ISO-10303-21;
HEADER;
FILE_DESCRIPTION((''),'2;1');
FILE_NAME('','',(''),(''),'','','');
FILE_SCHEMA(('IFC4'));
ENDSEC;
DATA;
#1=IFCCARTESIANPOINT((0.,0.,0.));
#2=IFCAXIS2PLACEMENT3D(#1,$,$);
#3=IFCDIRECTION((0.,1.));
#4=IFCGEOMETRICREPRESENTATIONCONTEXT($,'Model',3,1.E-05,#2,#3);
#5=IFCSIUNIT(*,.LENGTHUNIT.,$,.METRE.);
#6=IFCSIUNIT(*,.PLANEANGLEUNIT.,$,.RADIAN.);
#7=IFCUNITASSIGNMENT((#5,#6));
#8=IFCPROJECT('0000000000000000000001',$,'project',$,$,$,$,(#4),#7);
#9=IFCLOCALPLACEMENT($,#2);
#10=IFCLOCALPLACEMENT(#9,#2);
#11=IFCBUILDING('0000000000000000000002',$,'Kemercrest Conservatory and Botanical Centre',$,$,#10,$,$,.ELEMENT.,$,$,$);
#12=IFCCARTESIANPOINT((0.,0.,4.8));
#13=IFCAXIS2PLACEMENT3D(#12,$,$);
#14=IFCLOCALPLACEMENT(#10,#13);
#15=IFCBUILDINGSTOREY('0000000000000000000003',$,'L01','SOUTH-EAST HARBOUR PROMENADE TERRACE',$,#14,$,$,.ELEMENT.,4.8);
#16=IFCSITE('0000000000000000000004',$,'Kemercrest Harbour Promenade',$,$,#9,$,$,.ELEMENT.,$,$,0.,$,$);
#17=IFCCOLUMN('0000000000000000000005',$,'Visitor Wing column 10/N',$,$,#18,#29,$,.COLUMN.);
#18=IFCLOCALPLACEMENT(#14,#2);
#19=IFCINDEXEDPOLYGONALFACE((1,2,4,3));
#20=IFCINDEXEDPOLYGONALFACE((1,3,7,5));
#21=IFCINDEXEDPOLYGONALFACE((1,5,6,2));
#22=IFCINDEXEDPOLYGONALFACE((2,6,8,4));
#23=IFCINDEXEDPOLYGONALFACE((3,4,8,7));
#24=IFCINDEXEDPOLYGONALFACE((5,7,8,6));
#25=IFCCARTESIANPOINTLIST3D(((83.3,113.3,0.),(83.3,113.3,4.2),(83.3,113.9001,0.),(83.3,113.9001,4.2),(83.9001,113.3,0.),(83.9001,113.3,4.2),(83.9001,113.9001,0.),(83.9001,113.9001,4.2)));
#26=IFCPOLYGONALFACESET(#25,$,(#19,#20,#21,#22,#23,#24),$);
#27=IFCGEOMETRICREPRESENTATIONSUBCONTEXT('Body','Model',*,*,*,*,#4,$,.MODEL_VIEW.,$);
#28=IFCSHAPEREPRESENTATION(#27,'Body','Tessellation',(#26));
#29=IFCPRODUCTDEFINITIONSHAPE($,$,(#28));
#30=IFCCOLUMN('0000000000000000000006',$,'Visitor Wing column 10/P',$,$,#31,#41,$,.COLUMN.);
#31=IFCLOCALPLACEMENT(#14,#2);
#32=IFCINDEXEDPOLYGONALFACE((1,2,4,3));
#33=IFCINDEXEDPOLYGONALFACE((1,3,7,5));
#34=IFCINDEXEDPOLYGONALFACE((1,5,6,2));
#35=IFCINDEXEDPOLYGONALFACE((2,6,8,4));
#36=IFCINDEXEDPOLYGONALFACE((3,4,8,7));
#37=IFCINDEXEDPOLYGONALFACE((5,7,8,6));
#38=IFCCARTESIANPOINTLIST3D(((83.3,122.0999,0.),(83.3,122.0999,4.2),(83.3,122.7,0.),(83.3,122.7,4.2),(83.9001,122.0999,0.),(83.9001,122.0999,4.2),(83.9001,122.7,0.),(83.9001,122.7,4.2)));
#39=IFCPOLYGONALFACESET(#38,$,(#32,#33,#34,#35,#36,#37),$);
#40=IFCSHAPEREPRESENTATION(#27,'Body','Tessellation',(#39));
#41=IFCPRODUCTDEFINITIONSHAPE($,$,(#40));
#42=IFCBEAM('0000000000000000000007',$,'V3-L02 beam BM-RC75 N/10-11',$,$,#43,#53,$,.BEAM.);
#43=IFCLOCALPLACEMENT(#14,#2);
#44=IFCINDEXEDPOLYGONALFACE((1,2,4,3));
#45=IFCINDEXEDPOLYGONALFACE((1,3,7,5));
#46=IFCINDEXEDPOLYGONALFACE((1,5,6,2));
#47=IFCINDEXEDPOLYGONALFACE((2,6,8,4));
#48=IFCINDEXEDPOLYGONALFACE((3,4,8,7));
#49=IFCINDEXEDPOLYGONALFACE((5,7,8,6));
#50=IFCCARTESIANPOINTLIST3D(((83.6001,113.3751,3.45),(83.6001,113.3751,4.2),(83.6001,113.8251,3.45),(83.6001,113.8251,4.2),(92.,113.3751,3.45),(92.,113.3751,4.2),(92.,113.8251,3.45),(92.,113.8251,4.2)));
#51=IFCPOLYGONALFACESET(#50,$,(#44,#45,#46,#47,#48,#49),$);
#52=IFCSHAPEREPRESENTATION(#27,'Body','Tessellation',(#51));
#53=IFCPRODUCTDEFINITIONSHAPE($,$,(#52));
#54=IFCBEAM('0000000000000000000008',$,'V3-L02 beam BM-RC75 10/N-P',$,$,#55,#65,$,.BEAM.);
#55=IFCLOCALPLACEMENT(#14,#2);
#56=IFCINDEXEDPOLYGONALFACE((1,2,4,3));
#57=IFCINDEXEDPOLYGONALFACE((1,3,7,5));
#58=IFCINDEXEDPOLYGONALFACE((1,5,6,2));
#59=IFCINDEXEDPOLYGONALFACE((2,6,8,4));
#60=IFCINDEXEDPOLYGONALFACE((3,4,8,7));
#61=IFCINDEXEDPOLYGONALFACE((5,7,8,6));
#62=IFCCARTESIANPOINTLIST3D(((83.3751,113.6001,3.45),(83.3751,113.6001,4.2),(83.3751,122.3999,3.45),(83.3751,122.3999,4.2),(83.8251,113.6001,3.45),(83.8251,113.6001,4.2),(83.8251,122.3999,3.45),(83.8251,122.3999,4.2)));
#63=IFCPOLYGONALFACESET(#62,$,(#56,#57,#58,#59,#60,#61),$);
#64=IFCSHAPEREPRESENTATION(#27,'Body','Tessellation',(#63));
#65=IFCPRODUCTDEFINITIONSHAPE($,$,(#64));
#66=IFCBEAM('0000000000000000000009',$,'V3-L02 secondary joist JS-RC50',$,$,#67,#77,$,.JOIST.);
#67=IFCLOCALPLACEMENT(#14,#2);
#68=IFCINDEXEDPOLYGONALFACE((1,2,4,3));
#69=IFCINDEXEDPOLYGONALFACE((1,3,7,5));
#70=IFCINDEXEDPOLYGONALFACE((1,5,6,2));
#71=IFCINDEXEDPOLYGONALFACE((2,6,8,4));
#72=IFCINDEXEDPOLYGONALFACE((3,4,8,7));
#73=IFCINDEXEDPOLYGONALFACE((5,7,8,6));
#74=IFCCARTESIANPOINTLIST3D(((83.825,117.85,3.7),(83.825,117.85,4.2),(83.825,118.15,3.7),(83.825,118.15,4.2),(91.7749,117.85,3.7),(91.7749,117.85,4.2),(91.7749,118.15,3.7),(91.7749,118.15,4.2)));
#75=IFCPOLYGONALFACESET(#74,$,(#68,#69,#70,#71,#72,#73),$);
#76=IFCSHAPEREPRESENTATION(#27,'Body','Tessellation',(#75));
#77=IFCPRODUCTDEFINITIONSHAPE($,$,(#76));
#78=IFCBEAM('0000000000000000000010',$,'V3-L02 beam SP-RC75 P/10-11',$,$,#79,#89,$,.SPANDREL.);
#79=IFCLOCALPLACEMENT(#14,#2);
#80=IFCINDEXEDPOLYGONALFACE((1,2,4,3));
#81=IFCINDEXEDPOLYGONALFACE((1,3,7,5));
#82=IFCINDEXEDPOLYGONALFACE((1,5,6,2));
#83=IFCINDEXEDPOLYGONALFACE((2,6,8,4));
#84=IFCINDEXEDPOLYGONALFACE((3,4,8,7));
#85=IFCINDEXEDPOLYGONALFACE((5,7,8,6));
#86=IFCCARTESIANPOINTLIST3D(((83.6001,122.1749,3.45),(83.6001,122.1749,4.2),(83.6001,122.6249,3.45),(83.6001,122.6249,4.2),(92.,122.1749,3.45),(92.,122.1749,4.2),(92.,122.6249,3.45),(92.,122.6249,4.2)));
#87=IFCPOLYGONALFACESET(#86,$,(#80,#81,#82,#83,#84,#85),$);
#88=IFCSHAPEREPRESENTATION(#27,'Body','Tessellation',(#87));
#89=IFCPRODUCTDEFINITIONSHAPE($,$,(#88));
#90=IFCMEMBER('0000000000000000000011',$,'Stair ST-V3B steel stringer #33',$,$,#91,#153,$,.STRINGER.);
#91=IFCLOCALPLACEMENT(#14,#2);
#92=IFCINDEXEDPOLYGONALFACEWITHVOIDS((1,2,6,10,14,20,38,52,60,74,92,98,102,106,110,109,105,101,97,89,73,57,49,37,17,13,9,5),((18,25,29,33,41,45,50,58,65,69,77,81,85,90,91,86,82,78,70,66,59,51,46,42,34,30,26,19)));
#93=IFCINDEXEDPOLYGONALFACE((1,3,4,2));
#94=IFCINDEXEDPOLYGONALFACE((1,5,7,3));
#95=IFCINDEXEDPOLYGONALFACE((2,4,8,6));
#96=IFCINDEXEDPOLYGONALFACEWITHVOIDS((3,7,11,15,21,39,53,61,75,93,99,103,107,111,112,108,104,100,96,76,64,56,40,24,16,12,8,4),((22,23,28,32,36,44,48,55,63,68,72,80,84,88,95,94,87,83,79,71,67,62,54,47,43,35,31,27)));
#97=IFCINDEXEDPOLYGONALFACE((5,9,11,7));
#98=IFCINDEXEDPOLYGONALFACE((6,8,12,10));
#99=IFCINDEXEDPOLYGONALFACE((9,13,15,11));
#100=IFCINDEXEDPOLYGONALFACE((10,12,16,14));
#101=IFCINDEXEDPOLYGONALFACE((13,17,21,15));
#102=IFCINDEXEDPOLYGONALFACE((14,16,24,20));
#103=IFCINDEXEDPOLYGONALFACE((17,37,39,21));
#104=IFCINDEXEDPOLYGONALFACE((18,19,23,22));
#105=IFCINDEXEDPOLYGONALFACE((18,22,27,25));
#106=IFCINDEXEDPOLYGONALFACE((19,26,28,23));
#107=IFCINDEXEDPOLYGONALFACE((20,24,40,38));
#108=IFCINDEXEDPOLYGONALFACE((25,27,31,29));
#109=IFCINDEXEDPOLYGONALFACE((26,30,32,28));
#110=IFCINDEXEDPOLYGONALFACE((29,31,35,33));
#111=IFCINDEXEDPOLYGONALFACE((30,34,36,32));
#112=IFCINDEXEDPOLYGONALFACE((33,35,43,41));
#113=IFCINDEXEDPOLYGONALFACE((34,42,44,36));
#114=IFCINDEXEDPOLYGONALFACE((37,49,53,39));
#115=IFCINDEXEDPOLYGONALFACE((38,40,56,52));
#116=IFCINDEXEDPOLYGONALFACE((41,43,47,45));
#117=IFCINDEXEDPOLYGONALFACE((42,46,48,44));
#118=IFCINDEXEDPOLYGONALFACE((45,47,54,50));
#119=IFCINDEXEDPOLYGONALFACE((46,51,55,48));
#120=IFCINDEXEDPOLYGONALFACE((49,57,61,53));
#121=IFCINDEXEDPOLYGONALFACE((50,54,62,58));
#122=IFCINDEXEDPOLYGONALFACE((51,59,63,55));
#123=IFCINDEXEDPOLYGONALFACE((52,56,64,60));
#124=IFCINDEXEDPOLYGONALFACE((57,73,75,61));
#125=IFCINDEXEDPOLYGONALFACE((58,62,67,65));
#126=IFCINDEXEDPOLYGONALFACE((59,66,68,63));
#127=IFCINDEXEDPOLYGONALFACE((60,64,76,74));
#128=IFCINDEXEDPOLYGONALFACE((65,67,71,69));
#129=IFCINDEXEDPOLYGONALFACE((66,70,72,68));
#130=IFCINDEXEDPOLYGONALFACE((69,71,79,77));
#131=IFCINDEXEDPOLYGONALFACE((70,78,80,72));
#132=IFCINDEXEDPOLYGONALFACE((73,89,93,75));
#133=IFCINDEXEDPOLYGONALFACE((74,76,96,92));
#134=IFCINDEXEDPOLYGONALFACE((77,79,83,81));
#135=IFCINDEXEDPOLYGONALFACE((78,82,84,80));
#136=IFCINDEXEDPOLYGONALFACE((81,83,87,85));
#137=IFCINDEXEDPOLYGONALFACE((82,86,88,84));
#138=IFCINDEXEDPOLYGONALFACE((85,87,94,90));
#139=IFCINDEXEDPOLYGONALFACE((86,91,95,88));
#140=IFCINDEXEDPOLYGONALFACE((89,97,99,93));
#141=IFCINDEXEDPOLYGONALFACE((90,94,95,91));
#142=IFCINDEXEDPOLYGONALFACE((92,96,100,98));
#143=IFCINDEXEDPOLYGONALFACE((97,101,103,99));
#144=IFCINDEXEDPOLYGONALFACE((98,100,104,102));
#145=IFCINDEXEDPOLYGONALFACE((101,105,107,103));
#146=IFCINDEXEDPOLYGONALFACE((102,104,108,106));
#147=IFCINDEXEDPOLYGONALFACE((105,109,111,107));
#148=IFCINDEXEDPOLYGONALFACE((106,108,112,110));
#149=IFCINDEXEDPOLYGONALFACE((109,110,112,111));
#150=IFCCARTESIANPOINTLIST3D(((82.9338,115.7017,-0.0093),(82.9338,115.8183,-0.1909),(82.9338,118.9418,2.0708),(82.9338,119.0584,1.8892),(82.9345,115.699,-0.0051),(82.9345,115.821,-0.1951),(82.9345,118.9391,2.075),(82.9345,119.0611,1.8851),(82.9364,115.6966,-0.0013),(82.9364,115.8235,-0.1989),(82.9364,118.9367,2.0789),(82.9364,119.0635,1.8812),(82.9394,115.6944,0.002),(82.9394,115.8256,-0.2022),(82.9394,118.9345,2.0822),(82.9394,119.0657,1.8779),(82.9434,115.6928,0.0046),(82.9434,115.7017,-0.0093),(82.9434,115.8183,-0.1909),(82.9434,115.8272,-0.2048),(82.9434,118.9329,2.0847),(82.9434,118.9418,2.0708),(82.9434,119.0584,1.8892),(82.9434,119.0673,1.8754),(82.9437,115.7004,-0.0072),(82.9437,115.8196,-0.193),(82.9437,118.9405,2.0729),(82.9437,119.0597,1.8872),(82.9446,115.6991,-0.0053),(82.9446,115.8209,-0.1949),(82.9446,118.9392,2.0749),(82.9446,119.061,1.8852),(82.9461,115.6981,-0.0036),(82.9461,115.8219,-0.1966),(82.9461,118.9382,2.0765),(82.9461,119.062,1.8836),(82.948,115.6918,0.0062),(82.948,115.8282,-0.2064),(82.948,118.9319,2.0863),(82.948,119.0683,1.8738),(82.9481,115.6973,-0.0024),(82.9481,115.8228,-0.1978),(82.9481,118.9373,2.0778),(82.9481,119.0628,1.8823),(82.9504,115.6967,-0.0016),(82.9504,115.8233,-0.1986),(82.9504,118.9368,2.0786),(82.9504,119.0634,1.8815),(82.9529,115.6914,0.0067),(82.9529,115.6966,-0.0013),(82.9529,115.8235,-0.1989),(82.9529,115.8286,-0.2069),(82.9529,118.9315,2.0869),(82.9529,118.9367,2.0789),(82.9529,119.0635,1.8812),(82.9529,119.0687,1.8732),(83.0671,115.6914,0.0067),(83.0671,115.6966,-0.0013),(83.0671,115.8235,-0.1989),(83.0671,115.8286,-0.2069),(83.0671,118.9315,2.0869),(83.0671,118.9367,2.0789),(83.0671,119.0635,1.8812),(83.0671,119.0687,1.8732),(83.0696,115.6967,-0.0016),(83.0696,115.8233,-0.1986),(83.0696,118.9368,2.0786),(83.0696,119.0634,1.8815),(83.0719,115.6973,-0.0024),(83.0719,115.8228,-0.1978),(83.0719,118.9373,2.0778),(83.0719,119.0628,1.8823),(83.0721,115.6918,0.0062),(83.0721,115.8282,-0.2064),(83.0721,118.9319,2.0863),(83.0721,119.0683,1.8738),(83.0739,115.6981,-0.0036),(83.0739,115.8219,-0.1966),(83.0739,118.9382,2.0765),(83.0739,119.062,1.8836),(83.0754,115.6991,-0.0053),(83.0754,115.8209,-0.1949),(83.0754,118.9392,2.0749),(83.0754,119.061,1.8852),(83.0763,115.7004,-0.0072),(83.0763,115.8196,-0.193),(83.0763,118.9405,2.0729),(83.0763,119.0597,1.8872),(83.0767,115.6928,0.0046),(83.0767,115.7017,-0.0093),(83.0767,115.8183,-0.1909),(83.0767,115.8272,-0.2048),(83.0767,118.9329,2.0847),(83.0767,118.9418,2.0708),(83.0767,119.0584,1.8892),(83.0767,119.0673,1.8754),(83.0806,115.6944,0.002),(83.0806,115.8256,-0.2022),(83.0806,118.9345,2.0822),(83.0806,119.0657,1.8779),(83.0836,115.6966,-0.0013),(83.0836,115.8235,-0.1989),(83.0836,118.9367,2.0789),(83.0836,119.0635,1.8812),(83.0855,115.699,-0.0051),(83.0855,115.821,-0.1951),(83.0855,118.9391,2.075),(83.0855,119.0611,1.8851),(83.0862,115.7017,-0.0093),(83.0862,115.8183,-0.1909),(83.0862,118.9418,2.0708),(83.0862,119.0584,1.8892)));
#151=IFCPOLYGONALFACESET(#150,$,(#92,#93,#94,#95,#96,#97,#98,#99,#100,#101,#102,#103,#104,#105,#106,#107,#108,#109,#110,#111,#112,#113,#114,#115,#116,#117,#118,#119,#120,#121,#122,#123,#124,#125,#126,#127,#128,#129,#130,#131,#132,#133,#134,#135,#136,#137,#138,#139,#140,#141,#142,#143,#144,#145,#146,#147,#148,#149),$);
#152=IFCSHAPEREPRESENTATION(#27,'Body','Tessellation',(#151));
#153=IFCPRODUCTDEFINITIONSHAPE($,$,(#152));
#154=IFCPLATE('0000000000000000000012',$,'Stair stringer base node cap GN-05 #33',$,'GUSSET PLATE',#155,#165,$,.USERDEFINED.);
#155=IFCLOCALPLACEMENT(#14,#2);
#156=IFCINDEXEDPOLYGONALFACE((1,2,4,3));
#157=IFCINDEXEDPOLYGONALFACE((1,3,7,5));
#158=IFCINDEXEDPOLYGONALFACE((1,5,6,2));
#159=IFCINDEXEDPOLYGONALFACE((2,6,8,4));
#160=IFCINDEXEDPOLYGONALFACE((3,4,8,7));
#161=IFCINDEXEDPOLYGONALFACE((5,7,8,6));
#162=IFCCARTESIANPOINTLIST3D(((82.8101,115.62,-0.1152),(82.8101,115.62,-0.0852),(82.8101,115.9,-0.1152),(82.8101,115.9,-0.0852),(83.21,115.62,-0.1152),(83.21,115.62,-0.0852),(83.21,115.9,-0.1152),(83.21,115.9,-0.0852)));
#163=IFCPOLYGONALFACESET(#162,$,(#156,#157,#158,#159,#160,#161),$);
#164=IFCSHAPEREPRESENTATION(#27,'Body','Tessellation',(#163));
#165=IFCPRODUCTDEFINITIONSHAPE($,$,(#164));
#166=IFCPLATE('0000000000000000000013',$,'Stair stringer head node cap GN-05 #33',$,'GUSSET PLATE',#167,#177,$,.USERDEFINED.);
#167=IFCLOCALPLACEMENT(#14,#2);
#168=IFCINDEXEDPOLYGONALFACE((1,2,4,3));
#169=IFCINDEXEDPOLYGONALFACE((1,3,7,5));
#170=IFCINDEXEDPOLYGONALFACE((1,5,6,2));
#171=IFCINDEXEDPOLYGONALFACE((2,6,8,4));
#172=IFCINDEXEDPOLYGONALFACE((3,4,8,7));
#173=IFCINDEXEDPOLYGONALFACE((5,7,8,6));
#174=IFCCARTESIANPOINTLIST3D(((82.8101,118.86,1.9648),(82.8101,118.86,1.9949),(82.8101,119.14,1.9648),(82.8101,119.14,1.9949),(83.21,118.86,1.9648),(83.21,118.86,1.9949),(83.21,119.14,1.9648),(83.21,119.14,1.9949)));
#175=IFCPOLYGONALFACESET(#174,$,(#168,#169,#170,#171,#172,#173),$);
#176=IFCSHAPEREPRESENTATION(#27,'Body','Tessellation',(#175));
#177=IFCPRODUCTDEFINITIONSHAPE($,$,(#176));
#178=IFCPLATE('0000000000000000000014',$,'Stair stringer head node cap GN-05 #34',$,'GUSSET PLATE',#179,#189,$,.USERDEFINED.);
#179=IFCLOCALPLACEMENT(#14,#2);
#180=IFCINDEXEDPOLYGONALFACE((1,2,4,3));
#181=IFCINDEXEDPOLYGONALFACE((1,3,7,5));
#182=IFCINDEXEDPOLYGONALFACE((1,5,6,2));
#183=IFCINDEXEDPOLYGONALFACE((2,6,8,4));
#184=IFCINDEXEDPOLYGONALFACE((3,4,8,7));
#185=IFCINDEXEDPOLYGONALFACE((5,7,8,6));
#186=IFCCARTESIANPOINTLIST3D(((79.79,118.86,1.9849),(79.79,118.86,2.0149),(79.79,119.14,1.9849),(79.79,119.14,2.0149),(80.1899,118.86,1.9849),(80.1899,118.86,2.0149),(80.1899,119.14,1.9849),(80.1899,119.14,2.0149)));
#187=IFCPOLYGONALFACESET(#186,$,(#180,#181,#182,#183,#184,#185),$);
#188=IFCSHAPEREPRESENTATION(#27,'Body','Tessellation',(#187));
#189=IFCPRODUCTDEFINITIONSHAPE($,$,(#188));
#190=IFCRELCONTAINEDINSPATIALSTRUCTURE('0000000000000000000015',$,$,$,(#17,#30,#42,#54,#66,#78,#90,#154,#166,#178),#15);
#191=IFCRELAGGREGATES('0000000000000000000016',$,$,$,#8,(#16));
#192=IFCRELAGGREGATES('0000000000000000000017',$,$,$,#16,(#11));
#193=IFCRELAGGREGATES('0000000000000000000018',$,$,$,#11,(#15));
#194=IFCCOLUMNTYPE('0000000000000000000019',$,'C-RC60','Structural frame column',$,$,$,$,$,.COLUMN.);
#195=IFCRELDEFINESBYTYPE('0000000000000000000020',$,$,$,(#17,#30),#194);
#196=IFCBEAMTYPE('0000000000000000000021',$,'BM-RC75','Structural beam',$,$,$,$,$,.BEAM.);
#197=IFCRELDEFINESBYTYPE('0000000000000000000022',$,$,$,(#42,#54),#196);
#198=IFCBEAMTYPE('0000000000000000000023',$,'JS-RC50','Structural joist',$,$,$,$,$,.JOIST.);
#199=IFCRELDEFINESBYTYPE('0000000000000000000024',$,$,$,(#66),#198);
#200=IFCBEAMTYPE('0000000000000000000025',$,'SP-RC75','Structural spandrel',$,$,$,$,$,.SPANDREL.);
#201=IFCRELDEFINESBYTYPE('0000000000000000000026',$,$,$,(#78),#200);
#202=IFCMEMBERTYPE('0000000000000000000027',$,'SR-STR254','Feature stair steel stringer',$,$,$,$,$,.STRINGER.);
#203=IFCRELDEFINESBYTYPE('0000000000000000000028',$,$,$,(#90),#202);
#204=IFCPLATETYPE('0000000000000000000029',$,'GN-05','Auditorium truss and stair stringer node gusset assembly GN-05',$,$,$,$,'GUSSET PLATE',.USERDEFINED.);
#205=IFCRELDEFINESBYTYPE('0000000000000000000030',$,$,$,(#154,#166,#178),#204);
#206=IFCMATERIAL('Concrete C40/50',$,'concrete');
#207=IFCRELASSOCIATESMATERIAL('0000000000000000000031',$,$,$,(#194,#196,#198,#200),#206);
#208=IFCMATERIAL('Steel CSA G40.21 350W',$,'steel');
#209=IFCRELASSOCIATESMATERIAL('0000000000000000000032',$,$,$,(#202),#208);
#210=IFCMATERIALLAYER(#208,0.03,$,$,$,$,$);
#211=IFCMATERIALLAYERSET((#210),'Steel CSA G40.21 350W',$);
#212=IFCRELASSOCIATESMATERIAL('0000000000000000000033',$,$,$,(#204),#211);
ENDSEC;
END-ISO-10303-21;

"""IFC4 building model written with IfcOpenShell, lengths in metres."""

from ifc_helpers import new_model, si_unit, direction, frame, origin, origin_2d, place, context, subcontext, project, spatial, rectangle, hollow_rectangle, extrude, material, layer, layer_set, material_profile, profile_set, type_object, element, save


model = new_model("IFC4")

# Units and contexts
model_context = context("Model", 3, precision=1e-05, world=origin(), true_north=direction((0.0, 1.0)))
body_context = subcontext(model_context, "Body", "Model", "MODEL_VIEW")
ifc_project = project(units=[si_unit("LENGTHUNIT", "METRE"), si_unit("PLANEANGLEUNIT", "RADIAN")], contexts=[model_context])

# Site, building, storey
site_placement = place(None, origin())
site = spatial("IfcSite", under=ifc_project, at=site_placement, Name="Kemercrest Harbour Promenade", CompositionType="ELEMENT", RefElevation=0.0)
building_placement = place(site_placement, origin())
building = spatial("IfcBuilding", under=site, at=building_placement, Name="Kemercrest Conservatory and Botanical Centre", CompositionType="ELEMENT")
storey_placement = place(building_placement, frame((0.0, 0.0, 4.8)))
storey = spatial("IfcBuildingStorey", under=building, at=storey_placement, Name="L01", Description="SOUTH-EAST HARBOUR PROMENADE TERRACE", CompositionType="ELEMENT", Elevation=4.8)

# Columns
ifc_material_1 = material(Name="Concrete C40/50", Category="concrete")
ifc_material_profile_1 = material_profile(ifc_material_1, rectangle(XDim=0.6001, YDim=0.6001, at=origin_2d()), Name="RC 600x600")
ifc_profile_set_1 = profile_set([ifc_material_profile_1], Name="Concrete C40/50")
column_type = type_object("IfcColumnType", Name="C-RC60", Description="Structural frame column", PredefinedType="COLUMN", material=ifc_profile_set_1)
for number, where, z_axis, x_axis, name in (
    (1, (83.6001, 113.6001, 0.0), (0.0, 0.0, 1.0), (1.0, 0.0, 0.0), "Visitor Wing column 10/N"),
    (2, (83.6001, 122.3999, 0.0), (0.0, 0.0, 1.0), (1.0, 0.0, 0.0), "Visitor Wing column 10/P"),
):
    element("IfcColumn", number, at=place(storey_placement, frame(where, z_axis=z_axis, x_axis=x_axis)), inside=storey, type_object=column_type, Name=name, PredefinedType="COLUMN", context=body_context, shape_type="SweptSolid", body=[
        extrude(rectangle(XDim=0.6001, YDim=0.6001, at=origin_2d()), origin(), (0.0, 0.0, 1.0), 4.2),
    ])

# Beams
ifc_material_profile_2 = material_profile(ifc_material_1, rectangle(XDim=0.45, YDim=0.75, at=origin_2d()), Name="RC 450x750")
ifc_profile_set_2 = profile_set([ifc_material_profile_2], Name="Concrete C40/50")
beam_type_1 = type_object("IfcBeamType", Name="BM-RC75", Description="Structural beam", PredefinedType="BEAM", material=ifc_profile_set_2)
beam_1_placement = place(storey_placement, frame((83.6001, 113.6001, 3.825), z_axis=(1.0, 0.0, 0.0), x_axis=(0.0, 1.0, 0.0)))
element("IfcBeam", 3, at=beam_1_placement, inside=storey, type_object=beam_type_1, Name="V3-L02 beam BM-RC75 N/10-11", PredefinedType="BEAM", context=body_context, shape_type="SweptSolid", body=[
    extrude(rectangle(XDim=0.45, YDim=0.75, at=origin_2d()), origin(), (0.0, 0.0, 1.0), 8.3999),
])
beam_2_placement = place(storey_placement, frame((83.6001, 113.6001, 3.825), z_axis=(0.0, 1.0, 0.0), x_axis=(-1.0, 0.0, 0.0)))
element("IfcBeam", 4, at=beam_2_placement, inside=storey, type_object=beam_type_1, Name="V3-L02 beam BM-RC75 10/N-P", PredefinedType="BEAM", context=body_context, shape_type="SweptSolid", body=[
    extrude(rectangle(XDim=0.45, YDim=0.75, at=origin_2d()), origin(), (0.0, 0.0, 1.0), 8.7998),
])
ifc_material_profile_3 = material_profile(ifc_material_1, rectangle(XDim=0.3, YDim=0.5, at=origin_2d()), Name="RC 300x500")
ifc_profile_set_3 = profile_set([ifc_material_profile_3], Name="Concrete C40/50")
beam_type_2 = type_object("IfcBeamType", Name="JS-RC50", Description="Structural joist", PredefinedType="JOIST", material=ifc_profile_set_3)
beam_3_placement = place(storey_placement, frame((83.825, 118.0, 3.95), z_axis=(1.0, 0.0, 0.0), x_axis=(0.0, 1.0, 0.0)))
element("IfcBeam", 5, at=beam_3_placement, inside=storey, type_object=beam_type_2, Name="V3-L02 secondary joist JS-RC50", PredefinedType="JOIST", context=body_context, shape_type="SweptSolid", body=[
    extrude(rectangle(XDim=0.3, YDim=0.5, at=origin_2d()), origin(), (0.0, 0.0, 1.0), 7.95),
])
ifc_material_profile_4 = material_profile(ifc_material_1, rectangle(XDim=0.45, YDim=0.75, at=origin_2d()), Name="RC 450x750")
ifc_profile_set_4 = profile_set([ifc_material_profile_4], Name="Concrete C40/50")
beam_type_3 = type_object("IfcBeamType", Name="SP-RC75", Description="Structural spandrel", PredefinedType="SPANDREL", material=ifc_profile_set_4)
beam_4_placement = place(storey_placement, frame((83.6001, 122.3999, 3.825), z_axis=(1.0, 0.0, 0.0), x_axis=(0.0, 1.0, 0.0)))
element("IfcBeam", 6, at=beam_4_placement, inside=storey, type_object=beam_type_3, Name="V3-L02 beam SP-RC75 P/10-11", PredefinedType="SPANDREL", context=body_context, shape_type="SweptSolid", body=[
    extrude(rectangle(XDim=0.45, YDim=0.75, at=origin_2d()), origin(), (0.0, 0.0, 1.0), 8.3999),
])

# Member
ifc_material_2 = material(Name="Steel CSA G40.21 350W", Category="steel")
ifc_material_profile_5 = material_profile(ifc_material_2, hollow_rectangle(XDim=0.1523, YDim=0.2539, WallThickness=0.0095, InnerFilletRadius=0.0095, OuterFilletRadius=0.019, at=origin_2d()), Name="HSS 254x152x9.5")
ifc_profile_set_5 = profile_set([ifc_material_profile_5], Name="Steel CSA G40.21 350W")
member_type = type_object("IfcMemberType", Name="SR-STR254", Description="Feature stair steel stringer", PredefinedType="STRINGER", material=ifc_profile_set_5)
member_placement = place(storey_placement, frame((83.01, 115.76, -0.1001), z_axis=(0.0, 0.841506, 0.540248), x_axis=(-1.0, 0.0, 0.0)))
element("IfcMember", 7, at=member_placement, inside=storey, type_object=member_type, Name="Stair ST-V3B steel stringer #33", PredefinedType="STRINGER", context=body_context, shape_type="SweptSolid", body=[
    extrude(hollow_rectangle(XDim=0.1523, YDim=0.2539, WallThickness=0.0095, InnerFilletRadius=0.0095, OuterFilletRadius=0.019, at=origin_2d()), origin(), (0.0, 0.0, 1.0), 3.8503),
])

# Plates
ifc_layer_1 = layer(ifc_material_2, 0.03)
ifc_layer_set_1 = layer_set([ifc_layer_1], Name="Steel CSA G40.21 350W")
plate_type = type_object("IfcPlateType", Name="GN-05", Description="Auditorium truss and stair stringer node gusset assembly GN-05", ElementType="GUSSET PLATE", PredefinedType="USERDEFINED", material=ifc_layer_set_1)
for number, where, z_axis, x_axis, name in (
    (8, (83.01, 115.76, -0.1152), (0.0, 0.0, 1.0), (1.0, 0.0, 0.0), "Stair stringer base node cap GN-05 #33"),
    (9, (83.01, 119.0, 1.9648), (0.0, 0.0, 1.0), (1.0, 0.0, 0.0), "Stair stringer head node cap GN-05 #33"),
    (10, (79.99, 119.0, 1.9849), (0.0, 0.0, 1.0), (1.0, 0.0, 0.0), "Stair stringer head node cap GN-05 #34"),
):
    element("IfcPlate", number, at=place(storey_placement, frame(where, z_axis=z_axis, x_axis=x_axis)), inside=storey, type_object=plate_type, Name=name, ObjectType="GUSSET PLATE", PredefinedType="USERDEFINED", context=body_context, shape_type="SweptSolid", body=[
        extrude(rectangle(XDim=0.3999, YDim=0.28, at=origin_2d()), origin(), (0.0, 0.0, 1.0), 0.03),
    ])

save(model, "model.ifc")
